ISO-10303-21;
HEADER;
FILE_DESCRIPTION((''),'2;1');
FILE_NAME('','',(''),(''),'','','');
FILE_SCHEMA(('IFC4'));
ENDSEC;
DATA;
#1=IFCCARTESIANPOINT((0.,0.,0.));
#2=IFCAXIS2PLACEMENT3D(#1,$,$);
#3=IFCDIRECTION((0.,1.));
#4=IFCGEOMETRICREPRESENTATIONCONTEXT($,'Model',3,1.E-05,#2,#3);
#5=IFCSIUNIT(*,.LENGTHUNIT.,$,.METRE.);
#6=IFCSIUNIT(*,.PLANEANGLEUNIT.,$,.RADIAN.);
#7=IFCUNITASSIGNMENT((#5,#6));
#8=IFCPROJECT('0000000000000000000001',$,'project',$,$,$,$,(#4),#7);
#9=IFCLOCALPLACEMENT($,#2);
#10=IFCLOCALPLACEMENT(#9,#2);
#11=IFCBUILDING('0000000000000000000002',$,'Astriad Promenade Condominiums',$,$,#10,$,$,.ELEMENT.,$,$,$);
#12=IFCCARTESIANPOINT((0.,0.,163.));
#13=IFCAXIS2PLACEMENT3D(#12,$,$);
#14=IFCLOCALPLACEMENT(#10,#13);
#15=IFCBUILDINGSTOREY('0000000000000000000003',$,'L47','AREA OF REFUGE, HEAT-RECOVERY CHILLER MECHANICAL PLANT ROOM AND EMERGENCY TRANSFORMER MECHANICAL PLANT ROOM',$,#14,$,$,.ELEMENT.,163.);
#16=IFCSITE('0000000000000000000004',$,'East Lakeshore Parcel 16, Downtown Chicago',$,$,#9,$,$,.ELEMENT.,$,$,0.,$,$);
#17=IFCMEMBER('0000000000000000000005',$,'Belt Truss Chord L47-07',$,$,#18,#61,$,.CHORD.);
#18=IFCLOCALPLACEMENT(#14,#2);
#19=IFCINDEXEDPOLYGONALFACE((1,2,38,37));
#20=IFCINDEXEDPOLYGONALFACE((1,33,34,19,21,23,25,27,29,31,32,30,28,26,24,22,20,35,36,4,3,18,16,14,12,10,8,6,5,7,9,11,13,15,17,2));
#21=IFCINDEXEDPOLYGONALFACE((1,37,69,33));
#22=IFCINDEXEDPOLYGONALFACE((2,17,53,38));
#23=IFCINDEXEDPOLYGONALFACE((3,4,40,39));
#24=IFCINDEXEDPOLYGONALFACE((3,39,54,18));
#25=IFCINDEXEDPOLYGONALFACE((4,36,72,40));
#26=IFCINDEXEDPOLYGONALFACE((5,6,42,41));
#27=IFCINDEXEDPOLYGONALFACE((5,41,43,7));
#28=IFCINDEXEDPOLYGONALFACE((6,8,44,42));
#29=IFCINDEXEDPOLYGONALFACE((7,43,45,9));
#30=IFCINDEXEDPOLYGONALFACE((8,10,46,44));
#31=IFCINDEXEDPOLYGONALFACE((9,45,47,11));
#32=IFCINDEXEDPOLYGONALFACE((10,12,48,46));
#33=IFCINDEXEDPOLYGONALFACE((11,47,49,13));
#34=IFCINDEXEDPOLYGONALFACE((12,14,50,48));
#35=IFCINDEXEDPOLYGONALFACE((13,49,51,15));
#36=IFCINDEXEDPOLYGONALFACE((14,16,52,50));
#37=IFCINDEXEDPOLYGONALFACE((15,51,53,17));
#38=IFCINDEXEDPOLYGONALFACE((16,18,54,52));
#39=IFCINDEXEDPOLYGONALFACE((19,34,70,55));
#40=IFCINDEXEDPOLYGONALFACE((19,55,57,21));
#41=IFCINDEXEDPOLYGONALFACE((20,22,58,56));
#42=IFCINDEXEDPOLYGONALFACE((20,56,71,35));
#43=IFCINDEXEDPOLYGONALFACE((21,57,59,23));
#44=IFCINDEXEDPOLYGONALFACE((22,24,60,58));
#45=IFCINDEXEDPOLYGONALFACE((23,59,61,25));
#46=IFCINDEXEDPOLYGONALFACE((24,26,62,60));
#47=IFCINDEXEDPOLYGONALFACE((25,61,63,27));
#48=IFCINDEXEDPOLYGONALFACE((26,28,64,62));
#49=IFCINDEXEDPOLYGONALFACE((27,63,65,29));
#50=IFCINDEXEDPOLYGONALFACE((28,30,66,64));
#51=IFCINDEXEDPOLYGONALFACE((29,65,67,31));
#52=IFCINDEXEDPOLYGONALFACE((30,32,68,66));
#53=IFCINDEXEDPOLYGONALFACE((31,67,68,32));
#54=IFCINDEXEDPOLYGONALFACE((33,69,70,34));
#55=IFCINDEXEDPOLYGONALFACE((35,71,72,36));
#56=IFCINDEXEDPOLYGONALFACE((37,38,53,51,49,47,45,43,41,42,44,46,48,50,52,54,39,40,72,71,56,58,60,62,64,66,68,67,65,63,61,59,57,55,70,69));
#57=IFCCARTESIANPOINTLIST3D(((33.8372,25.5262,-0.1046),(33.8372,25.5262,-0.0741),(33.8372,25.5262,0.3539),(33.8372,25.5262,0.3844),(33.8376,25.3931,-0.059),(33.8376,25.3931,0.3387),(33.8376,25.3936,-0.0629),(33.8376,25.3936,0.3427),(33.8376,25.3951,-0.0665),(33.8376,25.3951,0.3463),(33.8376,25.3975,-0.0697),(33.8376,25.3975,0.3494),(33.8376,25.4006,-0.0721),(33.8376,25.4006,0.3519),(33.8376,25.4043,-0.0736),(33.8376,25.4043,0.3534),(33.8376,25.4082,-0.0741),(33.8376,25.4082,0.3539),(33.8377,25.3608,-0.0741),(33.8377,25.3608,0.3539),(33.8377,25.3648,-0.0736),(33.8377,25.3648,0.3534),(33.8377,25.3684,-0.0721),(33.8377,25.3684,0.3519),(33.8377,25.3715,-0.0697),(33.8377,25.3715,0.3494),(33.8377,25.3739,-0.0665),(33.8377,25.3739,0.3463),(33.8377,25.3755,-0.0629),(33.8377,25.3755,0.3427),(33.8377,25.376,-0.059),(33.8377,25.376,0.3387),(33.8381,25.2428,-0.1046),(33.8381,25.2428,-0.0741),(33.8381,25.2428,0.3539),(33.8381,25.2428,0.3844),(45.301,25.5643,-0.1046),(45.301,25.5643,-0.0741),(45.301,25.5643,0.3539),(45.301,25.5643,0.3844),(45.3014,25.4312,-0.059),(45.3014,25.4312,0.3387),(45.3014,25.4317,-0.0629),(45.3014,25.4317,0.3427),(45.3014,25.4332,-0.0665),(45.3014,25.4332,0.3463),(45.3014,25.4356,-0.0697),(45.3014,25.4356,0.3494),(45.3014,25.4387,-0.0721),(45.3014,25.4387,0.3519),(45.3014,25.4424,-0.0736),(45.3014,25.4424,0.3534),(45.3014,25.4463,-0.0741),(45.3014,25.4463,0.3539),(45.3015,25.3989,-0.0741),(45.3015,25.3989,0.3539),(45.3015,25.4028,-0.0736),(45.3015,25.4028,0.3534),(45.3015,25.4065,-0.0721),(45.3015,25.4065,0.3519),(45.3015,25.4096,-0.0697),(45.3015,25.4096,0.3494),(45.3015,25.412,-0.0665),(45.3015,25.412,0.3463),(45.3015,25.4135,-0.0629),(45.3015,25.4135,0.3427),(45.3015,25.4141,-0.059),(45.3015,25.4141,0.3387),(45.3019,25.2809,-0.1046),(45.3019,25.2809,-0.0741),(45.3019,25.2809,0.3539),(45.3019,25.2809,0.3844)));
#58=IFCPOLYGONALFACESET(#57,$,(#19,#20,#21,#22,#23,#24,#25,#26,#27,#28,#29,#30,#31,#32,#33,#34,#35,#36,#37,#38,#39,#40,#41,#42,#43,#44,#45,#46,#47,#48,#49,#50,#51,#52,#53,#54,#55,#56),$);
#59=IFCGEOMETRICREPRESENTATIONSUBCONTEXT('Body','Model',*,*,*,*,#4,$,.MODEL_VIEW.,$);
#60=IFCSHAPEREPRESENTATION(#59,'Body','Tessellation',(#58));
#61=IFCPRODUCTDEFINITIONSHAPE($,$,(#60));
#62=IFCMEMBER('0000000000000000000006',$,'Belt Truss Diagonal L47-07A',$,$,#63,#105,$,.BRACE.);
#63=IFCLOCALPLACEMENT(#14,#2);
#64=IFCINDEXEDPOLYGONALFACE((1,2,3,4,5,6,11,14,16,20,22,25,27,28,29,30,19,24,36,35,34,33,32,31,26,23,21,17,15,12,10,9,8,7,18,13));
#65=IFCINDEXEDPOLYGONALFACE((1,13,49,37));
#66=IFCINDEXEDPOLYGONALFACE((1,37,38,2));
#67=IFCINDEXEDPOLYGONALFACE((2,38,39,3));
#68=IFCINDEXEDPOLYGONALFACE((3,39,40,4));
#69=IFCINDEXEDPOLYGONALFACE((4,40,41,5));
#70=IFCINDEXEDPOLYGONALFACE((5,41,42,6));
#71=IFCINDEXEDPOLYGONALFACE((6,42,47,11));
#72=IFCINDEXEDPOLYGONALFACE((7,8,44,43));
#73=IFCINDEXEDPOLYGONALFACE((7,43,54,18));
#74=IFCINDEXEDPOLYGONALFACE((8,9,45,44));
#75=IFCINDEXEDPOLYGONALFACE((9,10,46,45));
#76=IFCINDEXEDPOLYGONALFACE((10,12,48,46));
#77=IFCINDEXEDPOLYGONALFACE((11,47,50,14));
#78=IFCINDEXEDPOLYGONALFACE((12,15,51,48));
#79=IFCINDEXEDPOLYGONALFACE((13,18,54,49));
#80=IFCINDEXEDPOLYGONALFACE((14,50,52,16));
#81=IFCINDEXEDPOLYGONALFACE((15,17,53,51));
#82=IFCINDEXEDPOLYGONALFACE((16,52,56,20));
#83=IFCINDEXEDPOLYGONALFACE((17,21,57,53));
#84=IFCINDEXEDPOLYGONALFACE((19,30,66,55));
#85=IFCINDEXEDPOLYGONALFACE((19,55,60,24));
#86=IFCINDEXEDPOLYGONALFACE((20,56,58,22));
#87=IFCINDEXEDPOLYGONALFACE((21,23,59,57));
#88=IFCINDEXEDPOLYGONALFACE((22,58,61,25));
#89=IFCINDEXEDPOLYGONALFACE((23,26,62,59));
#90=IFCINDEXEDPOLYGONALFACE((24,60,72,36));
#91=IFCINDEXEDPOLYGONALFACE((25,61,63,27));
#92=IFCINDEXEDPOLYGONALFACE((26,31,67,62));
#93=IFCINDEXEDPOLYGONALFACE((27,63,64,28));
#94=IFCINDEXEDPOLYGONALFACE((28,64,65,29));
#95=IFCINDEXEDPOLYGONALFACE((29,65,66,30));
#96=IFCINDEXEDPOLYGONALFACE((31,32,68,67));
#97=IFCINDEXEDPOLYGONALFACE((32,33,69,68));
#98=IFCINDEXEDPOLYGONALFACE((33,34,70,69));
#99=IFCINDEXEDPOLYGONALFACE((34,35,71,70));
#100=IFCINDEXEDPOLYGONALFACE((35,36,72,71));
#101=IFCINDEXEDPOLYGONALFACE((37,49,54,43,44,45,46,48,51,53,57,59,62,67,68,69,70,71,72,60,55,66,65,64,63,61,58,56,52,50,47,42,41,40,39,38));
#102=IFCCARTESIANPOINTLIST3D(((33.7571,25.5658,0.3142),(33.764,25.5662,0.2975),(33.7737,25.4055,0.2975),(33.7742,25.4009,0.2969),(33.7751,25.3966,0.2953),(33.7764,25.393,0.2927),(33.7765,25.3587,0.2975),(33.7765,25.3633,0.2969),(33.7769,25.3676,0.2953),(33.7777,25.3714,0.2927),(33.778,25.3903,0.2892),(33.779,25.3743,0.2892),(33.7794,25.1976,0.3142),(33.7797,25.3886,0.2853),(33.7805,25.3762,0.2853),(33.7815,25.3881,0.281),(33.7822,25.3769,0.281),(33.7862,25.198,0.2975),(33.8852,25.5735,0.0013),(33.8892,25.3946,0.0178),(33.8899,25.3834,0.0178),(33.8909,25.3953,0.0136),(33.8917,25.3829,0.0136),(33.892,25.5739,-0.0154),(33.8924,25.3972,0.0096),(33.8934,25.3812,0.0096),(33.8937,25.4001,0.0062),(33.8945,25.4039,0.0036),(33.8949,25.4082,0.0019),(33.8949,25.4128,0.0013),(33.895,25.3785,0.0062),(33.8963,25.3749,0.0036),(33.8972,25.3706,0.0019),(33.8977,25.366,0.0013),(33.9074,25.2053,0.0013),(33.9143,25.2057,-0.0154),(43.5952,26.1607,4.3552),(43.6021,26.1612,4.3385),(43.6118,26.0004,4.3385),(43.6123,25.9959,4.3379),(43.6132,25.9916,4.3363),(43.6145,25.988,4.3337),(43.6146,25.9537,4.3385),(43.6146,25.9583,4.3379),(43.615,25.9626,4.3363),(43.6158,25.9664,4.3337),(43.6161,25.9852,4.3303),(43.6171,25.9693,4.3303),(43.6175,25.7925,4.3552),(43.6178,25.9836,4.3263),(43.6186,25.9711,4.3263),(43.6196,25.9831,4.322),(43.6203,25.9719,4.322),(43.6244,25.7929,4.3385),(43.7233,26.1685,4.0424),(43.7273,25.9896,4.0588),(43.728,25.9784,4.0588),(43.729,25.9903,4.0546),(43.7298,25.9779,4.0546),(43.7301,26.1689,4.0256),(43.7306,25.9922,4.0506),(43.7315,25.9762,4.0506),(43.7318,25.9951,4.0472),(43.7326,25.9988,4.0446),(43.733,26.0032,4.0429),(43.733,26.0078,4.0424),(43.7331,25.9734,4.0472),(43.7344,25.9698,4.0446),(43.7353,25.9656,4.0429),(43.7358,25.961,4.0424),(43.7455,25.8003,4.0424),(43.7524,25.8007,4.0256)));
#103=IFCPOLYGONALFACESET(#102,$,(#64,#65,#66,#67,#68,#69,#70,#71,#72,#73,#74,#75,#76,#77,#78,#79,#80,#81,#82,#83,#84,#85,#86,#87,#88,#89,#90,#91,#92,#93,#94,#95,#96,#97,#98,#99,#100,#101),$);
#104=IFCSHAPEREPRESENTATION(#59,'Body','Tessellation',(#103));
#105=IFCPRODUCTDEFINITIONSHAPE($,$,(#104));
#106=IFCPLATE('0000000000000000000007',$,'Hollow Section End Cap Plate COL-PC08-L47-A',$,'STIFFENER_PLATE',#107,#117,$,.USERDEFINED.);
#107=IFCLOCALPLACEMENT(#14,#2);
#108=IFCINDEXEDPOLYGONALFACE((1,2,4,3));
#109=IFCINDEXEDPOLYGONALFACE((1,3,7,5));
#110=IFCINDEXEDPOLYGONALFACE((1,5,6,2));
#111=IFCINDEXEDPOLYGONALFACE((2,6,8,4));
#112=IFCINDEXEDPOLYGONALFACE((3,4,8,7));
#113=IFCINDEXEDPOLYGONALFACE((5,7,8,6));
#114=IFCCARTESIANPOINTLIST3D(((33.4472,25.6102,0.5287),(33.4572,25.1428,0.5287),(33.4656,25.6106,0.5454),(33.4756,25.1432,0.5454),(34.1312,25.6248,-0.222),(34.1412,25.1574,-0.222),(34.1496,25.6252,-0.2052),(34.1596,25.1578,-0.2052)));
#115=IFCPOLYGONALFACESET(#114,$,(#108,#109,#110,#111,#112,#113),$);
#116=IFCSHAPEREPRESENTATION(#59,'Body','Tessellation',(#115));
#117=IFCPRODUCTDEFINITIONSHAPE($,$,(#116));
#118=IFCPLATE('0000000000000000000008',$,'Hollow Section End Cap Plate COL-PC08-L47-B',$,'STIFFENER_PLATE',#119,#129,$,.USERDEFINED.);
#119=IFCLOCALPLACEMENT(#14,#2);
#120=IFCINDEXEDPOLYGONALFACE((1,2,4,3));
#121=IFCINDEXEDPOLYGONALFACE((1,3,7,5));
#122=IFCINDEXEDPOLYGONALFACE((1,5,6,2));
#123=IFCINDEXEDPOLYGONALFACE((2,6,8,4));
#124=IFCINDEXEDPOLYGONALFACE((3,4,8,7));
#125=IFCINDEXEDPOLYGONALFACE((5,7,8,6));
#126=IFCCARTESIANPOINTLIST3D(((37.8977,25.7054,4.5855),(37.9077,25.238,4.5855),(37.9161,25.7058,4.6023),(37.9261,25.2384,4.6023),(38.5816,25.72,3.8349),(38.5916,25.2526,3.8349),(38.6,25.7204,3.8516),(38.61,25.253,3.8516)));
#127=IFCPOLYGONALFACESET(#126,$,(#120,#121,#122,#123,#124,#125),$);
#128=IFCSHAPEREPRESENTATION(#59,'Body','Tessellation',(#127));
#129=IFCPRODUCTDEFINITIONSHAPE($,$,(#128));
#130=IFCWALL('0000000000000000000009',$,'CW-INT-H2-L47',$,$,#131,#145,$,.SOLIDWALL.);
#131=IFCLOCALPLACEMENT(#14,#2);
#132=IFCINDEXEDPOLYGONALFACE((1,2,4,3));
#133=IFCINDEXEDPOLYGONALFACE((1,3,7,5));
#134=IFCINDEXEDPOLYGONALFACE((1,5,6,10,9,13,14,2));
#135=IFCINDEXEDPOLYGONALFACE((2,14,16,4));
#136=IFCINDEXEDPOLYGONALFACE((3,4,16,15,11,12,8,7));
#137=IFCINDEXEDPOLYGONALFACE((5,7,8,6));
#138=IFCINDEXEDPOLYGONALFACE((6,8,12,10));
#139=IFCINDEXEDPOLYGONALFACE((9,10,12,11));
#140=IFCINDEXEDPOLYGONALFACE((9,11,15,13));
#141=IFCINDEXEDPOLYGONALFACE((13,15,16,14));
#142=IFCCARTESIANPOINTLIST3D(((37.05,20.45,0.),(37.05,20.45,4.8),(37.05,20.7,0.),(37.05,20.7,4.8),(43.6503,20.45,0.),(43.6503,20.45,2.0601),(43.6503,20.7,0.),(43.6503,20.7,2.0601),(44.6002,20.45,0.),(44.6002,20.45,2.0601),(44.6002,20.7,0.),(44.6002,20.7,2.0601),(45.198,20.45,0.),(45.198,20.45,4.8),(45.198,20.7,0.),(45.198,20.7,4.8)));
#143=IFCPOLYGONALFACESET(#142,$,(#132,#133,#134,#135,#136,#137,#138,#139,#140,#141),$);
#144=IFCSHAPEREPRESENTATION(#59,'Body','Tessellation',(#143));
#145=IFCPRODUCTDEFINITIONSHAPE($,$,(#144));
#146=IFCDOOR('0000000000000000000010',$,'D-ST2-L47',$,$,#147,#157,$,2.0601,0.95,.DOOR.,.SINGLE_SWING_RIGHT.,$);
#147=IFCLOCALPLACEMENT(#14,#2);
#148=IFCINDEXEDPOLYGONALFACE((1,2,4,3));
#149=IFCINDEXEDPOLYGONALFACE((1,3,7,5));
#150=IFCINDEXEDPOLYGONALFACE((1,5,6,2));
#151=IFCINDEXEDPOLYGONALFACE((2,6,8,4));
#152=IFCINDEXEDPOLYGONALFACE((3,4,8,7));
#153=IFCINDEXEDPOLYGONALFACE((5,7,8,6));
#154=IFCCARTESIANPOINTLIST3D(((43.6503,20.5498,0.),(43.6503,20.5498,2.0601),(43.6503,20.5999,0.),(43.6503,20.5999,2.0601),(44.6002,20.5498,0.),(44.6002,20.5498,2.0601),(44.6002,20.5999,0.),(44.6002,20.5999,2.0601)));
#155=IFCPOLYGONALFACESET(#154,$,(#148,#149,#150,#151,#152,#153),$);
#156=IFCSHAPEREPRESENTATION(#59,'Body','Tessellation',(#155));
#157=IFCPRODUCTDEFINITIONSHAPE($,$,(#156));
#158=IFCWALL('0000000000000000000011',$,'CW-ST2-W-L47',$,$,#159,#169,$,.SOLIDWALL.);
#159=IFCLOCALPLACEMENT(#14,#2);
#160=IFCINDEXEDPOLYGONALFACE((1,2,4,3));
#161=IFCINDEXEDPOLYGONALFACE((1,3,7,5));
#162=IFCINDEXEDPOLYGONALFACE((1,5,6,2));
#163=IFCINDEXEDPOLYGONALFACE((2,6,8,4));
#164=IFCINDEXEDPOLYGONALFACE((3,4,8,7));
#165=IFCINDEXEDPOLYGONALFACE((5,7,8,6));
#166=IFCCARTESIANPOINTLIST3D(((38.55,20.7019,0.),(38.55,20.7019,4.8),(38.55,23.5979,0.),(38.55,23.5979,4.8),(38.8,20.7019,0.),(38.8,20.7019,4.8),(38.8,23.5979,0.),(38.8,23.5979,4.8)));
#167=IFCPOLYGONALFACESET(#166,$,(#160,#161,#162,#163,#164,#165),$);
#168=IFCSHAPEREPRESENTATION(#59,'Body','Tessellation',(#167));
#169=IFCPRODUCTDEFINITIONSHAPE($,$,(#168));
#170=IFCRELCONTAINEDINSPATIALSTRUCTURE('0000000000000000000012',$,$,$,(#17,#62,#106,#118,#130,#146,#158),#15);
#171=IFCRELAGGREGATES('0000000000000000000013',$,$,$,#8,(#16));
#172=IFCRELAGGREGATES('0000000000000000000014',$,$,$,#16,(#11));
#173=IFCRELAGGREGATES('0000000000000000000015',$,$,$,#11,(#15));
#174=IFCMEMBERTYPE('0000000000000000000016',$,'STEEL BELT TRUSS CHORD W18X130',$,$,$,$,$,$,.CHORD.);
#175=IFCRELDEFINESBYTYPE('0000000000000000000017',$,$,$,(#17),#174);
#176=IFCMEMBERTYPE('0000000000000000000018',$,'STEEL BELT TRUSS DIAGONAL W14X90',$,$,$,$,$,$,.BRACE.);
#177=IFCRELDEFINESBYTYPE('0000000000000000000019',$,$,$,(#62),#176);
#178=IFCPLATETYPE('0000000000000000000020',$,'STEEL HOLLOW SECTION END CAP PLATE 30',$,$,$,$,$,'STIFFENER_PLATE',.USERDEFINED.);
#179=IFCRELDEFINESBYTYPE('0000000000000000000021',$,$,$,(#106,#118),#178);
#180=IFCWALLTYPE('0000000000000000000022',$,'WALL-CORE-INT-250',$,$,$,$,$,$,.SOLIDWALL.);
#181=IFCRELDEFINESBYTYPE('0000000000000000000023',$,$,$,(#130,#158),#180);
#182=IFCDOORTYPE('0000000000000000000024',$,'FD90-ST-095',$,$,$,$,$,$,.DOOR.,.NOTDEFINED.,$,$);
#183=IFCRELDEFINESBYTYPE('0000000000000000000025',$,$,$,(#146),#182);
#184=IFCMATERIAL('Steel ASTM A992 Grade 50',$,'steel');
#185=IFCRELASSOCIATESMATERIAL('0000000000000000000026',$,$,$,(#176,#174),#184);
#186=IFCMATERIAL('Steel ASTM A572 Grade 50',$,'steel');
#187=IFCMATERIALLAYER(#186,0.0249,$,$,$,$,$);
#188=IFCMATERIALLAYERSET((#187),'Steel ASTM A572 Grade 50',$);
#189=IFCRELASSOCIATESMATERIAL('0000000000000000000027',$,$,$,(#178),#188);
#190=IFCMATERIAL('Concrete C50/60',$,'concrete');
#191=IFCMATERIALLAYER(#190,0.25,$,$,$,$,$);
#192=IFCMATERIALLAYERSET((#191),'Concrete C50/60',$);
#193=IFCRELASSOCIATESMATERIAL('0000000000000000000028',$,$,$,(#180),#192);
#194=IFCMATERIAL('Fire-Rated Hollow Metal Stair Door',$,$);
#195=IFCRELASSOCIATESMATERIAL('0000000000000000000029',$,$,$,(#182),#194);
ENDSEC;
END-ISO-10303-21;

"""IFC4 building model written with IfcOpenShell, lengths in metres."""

from ifc_helpers import new_model, si_unit, direction, frame, frame_2d, origin, origin_2d, place, context, subcontext, project, spatial, rectangle, i_section, extrude, source, transform, mapped, material, layer, layer_set, material_profile, profile_set, type_object, type_shapes, element, fill, save


model = new_model("IFC4")

# Units and contexts
model_context = context("Model", 3, precision=1e-05, world=origin(), true_north=direction((0.0, 1.0)))
body_context = subcontext(model_context, "Body", "Model", "MODEL_VIEW")
ifc_project = project(units=[si_unit("LENGTHUNIT", "METRE"), si_unit("PLANEANGLEUNIT", "RADIAN")], contexts=[model_context])

# Site, building, storey
site_placement = place(None, origin())
site = spatial("IfcSite", under=ifc_project, at=site_placement, Name="East Lakeshore Parcel 16, Downtown Chicago", CompositionType="ELEMENT", RefElevation=0.0)
building_placement = place(site_placement, origin())
building = spatial("IfcBuilding", under=site, at=building_placement, Name="Astriad Promenade Condominiums", CompositionType="ELEMENT")
storey_placement = place(building_placement, frame((0.0, 0.0, 163.0)))
storey = spatial("IfcBuildingStorey", under=building, at=storey_placement, Name="L47", Description="AREA OF REFUGE, HEAT-RECOVERY CHILLER MECHANICAL PLANT ROOM AND EMERGENCY TRANSFORMER MECHANICAL PLANT ROOM", CompositionType="ELEMENT", Elevation=163.0)

# Shared definitions
ifc_material_1 = material(Name="Steel ASTM A992 Grade 50", Category="steel")

# Members
ifc_material_profile_1 = material_profile(ifc_material_1, i_section(OverallWidth=0.3689, OverallDepth=0.3562, WebThickness=0.0112, FlangeThickness=0.0181, FilletRadius=0.0178, at=origin_2d()), Name="W14X90")
ifc_profile_set_1 = profile_set([ifc_material_profile_1], Name="Steel ASTM A992 Grade 50")
member_type_1 = type_object("IfcMemberType", Name="STEEL BELT TRUSS DIAGONAL W14X90", PredefinedType="BRACE", material=ifc_profile_set_1)
ifc_material_profile_2 = material_profile(ifc_material_1, i_section(OverallWidth=0.2834, OverallDepth=0.489, WebThickness=0.0171, FlangeThickness=0.0305, FilletRadius=0.0151, at=origin_2d()), Name="W18X130")
ifc_profile_set_2 = profile_set([ifc_material_profile_2], Name="Steel ASTM A992 Grade 50")
member_type_2 = type_object("IfcMemberType", Name="STEEL BELT TRUSS CHORD W18X130", PredefinedType="CHORD", material=ifc_profile_set_2)
shared_shape_1 = source(origin(), body_context, "Body", "SweptSolid", [
    extrude(i_section(OverallWidth=0.2834, OverallDepth=0.489, WebThickness=0.0171, FlangeThickness=0.0305, FilletRadius=0.0151, at=origin_2d()), origin(), (0.0, 0.0, 1.0), 11.4639),
])
type_shapes(member_type_2, [shared_shape_1])
member_1_placement = place(storey_placement, frame((33.8376, 25.3845, 0.1399), z_axis=(0.999994, 0.003322, 0.0), x_axis=(-0.003322, 0.999994, 0.0)))
element("IfcMember", 1, at=member_1_placement, inside=storey, type_object=member_type_2, Name="Belt Truss Chord L47-07", PredefinedType="CHORD", context=body_context, shape_type="MappedRepresentation", body=[
    mapped(shared_shape_1, transform((0.0, 0.0, 0.0), scale=1.0)),
])
shared_shape_2 = source(origin(), body_context, "Body", "SweptSolid", [
    extrude(i_section(OverallWidth=0.3689, OverallDepth=0.3562, WebThickness=0.0112, FlangeThickness=0.0181, FilletRadius=0.0178, at=origin_2d()), origin(), (0.0, 0.0, 1.0), 10.6523),
])
member_2_placement = place(storey_placement, frame((33.8357, 25.3857, 0.1494), z_axis=(0.923564, 0.055853, 0.379354), x_axis=(-0.060366, 0.998176, 0.0)))
element("IfcMember", 2, at=member_2_placement, inside=storey, type_object=member_type_1, Name="Belt Truss Diagonal L47-07A", PredefinedType="BRACE", context=body_context, shape_type="MappedRepresentation", body=[
    mapped(shared_shape_2, transform((0.0, 0.0, 0.0), scale=1.0)),
])

# Plates
ifc_material_2 = material(Name="Steel ASTM A572 Grade 50", Category="steel")
ifc_layer_1 = layer(ifc_material_2, 0.0249)
ifc_layer_set_1 = layer_set([ifc_layer_1], Name="Steel ASTM A572 Grade 50")
plate_type = type_object("IfcPlateType", Name="STEEL HOLLOW SECTION END CAP PLATE 30", ElementType="STIFFENER_PLATE", PredefinedType="USERDEFINED", material=ifc_layer_set_1)
shared_shape_3 = source(origin(), body_context, "Body", "SweptSolid", [
    extrude(rectangle(XDim=0.4675, YDim=1.0156, at=origin_2d()), origin(), (0.0, 0.0, 1.0), 0.0249),
])
type_shapes(plate_type, [shared_shape_3])
for number, where, z_axis, x_axis, name in (
    (3, (33.7942, 25.3838, 0.1533), (0.738949, 0.015806, 0.673576), (-0.021385, 0.999771, 0.0), "Hollow Section End Cap Plate COL-PC08-L47-A"),
    (4, (38.2446, 25.479, 4.2102), (0.738949, 0.015806, 0.673576), (-0.021385, 0.999771, 0.0), "Hollow Section End Cap Plate COL-PC08-L47-B"),
):
    element("IfcPlate", number, at=place(storey_placement, frame(where, z_axis=z_axis, x_axis=x_axis)), inside=storey, type_object=plate_type, Name=name, ObjectType="STIFFENER_PLATE", PredefinedType="USERDEFINED", context=body_context, shape_type="MappedRepresentation", body=[
        mapped(shared_shape_3, transform((0.0, 0.0, 0.0), scale=1.0)),
    ])

# Wall, opening, door
ifc_material_3 = material(Name="Concrete C50/60", Category="concrete")
ifc_layer_2 = layer(ifc_material_3, 0.25)
ifc_layer_set_2 = layer_set([ifc_layer_2], Name="Concrete C50/60")
wall_type_1 = type_object("IfcWallType", Name="WALL-CORE-INT-250", PredefinedType="SOLIDWALL", material=ifc_layer_set_2)
wall_1_placement = place(storey_placement, frame((37.05, 20.575, 0.0), z_axis=(0.0, 0.0, 1.0), x_axis=(1.0, 0.0, 0.0)))
wall_1 = element("IfcWall", 5, at=wall_1_placement, inside=storey, type_object=wall_type_1, Name="CW-INT-H2-L47", PredefinedType="SOLIDWALL", context=body_context, shape_type="SweptSolid", body=[
    extrude(rectangle(XDim=8.1479, YDim=0.25, at=frame_2d((4.074, 0.0))), origin(), (0.0, 0.0, 1.0), 4.8),
])
opening_placement = place(wall_1_placement, frame((6.6001, 0.0, 0.0)))
opening = element("IfcOpeningElement", 6, at=opening_placement, cuts=wall_1, PredefinedType="OPENING", context=body_context, shape_type="SweptSolid", body=[
    extrude(rectangle(XDim=0.95, YDim=2.0601, at=frame_2d((0.4751, 1.03))), frame((0.0, 0.135, 0.0), z_axis=(0.0, -1.0, 0.0), x_axis=(1.0, 0.0, 0.0)), (0.0, 0.0, 1.0), 0.27),
])
ifc_material_4 = material(Name="Fire-Rated Hollow Metal Stair Door")
door_type = type_object("IfcDoorType", Name="FD90-ST-095", OperationType="NOTDEFINED", PredefinedType="DOOR", material=ifc_material_4)
shared_shape_4 = source(origin(), body_context, "Body", "SweptSolid", [
    extrude(rectangle(XDim=0.95, YDim=2.0601, at=frame_2d((0.4751, 1.03))), frame((0.0, 0.0249, 0.0), z_axis=(0.0, -1.0, 0.0), x_axis=(1.0, 0.0, 0.0)), (0.0, 0.0, 1.0), 0.05),
])
type_shapes(door_type, [shared_shape_4])
door_placement = place(opening_placement, origin())
door = element("IfcDoor", 7, at=door_placement, inside=storey, type_object=door_type, Name="D-ST2-L47", OperationType="SINGLE_SWING_RIGHT", OverallHeight=2.0601, OverallWidth=0.95, PredefinedType="DOOR", context=body_context, shape_type="MappedRepresentation", body=[
    mapped(shared_shape_4, transform((0.0, 0.0, 0.0), scale=1.0)),
])
fill(opening, door)

# Wall
wall_2_placement = place(storey_placement, frame((38.675, 20.7019, 0.0), z_axis=(0.0, 0.0, 1.0), x_axis=(0.0, 1.0, 0.0)))
element("IfcWall", 8, at=wall_2_placement, inside=storey, type_object=wall_type_1, Name="CW-ST2-W-L47", PredefinedType="SOLIDWALL", context=body_context, shape_type="SweptSolid", body=[
    extrude(rectangle(XDim=2.896, YDim=0.25, at=frame_2d((1.448, 0.0))), origin(), (0.0, 0.0, 1.0), 4.8),
])

save(model, "model.ifc")
